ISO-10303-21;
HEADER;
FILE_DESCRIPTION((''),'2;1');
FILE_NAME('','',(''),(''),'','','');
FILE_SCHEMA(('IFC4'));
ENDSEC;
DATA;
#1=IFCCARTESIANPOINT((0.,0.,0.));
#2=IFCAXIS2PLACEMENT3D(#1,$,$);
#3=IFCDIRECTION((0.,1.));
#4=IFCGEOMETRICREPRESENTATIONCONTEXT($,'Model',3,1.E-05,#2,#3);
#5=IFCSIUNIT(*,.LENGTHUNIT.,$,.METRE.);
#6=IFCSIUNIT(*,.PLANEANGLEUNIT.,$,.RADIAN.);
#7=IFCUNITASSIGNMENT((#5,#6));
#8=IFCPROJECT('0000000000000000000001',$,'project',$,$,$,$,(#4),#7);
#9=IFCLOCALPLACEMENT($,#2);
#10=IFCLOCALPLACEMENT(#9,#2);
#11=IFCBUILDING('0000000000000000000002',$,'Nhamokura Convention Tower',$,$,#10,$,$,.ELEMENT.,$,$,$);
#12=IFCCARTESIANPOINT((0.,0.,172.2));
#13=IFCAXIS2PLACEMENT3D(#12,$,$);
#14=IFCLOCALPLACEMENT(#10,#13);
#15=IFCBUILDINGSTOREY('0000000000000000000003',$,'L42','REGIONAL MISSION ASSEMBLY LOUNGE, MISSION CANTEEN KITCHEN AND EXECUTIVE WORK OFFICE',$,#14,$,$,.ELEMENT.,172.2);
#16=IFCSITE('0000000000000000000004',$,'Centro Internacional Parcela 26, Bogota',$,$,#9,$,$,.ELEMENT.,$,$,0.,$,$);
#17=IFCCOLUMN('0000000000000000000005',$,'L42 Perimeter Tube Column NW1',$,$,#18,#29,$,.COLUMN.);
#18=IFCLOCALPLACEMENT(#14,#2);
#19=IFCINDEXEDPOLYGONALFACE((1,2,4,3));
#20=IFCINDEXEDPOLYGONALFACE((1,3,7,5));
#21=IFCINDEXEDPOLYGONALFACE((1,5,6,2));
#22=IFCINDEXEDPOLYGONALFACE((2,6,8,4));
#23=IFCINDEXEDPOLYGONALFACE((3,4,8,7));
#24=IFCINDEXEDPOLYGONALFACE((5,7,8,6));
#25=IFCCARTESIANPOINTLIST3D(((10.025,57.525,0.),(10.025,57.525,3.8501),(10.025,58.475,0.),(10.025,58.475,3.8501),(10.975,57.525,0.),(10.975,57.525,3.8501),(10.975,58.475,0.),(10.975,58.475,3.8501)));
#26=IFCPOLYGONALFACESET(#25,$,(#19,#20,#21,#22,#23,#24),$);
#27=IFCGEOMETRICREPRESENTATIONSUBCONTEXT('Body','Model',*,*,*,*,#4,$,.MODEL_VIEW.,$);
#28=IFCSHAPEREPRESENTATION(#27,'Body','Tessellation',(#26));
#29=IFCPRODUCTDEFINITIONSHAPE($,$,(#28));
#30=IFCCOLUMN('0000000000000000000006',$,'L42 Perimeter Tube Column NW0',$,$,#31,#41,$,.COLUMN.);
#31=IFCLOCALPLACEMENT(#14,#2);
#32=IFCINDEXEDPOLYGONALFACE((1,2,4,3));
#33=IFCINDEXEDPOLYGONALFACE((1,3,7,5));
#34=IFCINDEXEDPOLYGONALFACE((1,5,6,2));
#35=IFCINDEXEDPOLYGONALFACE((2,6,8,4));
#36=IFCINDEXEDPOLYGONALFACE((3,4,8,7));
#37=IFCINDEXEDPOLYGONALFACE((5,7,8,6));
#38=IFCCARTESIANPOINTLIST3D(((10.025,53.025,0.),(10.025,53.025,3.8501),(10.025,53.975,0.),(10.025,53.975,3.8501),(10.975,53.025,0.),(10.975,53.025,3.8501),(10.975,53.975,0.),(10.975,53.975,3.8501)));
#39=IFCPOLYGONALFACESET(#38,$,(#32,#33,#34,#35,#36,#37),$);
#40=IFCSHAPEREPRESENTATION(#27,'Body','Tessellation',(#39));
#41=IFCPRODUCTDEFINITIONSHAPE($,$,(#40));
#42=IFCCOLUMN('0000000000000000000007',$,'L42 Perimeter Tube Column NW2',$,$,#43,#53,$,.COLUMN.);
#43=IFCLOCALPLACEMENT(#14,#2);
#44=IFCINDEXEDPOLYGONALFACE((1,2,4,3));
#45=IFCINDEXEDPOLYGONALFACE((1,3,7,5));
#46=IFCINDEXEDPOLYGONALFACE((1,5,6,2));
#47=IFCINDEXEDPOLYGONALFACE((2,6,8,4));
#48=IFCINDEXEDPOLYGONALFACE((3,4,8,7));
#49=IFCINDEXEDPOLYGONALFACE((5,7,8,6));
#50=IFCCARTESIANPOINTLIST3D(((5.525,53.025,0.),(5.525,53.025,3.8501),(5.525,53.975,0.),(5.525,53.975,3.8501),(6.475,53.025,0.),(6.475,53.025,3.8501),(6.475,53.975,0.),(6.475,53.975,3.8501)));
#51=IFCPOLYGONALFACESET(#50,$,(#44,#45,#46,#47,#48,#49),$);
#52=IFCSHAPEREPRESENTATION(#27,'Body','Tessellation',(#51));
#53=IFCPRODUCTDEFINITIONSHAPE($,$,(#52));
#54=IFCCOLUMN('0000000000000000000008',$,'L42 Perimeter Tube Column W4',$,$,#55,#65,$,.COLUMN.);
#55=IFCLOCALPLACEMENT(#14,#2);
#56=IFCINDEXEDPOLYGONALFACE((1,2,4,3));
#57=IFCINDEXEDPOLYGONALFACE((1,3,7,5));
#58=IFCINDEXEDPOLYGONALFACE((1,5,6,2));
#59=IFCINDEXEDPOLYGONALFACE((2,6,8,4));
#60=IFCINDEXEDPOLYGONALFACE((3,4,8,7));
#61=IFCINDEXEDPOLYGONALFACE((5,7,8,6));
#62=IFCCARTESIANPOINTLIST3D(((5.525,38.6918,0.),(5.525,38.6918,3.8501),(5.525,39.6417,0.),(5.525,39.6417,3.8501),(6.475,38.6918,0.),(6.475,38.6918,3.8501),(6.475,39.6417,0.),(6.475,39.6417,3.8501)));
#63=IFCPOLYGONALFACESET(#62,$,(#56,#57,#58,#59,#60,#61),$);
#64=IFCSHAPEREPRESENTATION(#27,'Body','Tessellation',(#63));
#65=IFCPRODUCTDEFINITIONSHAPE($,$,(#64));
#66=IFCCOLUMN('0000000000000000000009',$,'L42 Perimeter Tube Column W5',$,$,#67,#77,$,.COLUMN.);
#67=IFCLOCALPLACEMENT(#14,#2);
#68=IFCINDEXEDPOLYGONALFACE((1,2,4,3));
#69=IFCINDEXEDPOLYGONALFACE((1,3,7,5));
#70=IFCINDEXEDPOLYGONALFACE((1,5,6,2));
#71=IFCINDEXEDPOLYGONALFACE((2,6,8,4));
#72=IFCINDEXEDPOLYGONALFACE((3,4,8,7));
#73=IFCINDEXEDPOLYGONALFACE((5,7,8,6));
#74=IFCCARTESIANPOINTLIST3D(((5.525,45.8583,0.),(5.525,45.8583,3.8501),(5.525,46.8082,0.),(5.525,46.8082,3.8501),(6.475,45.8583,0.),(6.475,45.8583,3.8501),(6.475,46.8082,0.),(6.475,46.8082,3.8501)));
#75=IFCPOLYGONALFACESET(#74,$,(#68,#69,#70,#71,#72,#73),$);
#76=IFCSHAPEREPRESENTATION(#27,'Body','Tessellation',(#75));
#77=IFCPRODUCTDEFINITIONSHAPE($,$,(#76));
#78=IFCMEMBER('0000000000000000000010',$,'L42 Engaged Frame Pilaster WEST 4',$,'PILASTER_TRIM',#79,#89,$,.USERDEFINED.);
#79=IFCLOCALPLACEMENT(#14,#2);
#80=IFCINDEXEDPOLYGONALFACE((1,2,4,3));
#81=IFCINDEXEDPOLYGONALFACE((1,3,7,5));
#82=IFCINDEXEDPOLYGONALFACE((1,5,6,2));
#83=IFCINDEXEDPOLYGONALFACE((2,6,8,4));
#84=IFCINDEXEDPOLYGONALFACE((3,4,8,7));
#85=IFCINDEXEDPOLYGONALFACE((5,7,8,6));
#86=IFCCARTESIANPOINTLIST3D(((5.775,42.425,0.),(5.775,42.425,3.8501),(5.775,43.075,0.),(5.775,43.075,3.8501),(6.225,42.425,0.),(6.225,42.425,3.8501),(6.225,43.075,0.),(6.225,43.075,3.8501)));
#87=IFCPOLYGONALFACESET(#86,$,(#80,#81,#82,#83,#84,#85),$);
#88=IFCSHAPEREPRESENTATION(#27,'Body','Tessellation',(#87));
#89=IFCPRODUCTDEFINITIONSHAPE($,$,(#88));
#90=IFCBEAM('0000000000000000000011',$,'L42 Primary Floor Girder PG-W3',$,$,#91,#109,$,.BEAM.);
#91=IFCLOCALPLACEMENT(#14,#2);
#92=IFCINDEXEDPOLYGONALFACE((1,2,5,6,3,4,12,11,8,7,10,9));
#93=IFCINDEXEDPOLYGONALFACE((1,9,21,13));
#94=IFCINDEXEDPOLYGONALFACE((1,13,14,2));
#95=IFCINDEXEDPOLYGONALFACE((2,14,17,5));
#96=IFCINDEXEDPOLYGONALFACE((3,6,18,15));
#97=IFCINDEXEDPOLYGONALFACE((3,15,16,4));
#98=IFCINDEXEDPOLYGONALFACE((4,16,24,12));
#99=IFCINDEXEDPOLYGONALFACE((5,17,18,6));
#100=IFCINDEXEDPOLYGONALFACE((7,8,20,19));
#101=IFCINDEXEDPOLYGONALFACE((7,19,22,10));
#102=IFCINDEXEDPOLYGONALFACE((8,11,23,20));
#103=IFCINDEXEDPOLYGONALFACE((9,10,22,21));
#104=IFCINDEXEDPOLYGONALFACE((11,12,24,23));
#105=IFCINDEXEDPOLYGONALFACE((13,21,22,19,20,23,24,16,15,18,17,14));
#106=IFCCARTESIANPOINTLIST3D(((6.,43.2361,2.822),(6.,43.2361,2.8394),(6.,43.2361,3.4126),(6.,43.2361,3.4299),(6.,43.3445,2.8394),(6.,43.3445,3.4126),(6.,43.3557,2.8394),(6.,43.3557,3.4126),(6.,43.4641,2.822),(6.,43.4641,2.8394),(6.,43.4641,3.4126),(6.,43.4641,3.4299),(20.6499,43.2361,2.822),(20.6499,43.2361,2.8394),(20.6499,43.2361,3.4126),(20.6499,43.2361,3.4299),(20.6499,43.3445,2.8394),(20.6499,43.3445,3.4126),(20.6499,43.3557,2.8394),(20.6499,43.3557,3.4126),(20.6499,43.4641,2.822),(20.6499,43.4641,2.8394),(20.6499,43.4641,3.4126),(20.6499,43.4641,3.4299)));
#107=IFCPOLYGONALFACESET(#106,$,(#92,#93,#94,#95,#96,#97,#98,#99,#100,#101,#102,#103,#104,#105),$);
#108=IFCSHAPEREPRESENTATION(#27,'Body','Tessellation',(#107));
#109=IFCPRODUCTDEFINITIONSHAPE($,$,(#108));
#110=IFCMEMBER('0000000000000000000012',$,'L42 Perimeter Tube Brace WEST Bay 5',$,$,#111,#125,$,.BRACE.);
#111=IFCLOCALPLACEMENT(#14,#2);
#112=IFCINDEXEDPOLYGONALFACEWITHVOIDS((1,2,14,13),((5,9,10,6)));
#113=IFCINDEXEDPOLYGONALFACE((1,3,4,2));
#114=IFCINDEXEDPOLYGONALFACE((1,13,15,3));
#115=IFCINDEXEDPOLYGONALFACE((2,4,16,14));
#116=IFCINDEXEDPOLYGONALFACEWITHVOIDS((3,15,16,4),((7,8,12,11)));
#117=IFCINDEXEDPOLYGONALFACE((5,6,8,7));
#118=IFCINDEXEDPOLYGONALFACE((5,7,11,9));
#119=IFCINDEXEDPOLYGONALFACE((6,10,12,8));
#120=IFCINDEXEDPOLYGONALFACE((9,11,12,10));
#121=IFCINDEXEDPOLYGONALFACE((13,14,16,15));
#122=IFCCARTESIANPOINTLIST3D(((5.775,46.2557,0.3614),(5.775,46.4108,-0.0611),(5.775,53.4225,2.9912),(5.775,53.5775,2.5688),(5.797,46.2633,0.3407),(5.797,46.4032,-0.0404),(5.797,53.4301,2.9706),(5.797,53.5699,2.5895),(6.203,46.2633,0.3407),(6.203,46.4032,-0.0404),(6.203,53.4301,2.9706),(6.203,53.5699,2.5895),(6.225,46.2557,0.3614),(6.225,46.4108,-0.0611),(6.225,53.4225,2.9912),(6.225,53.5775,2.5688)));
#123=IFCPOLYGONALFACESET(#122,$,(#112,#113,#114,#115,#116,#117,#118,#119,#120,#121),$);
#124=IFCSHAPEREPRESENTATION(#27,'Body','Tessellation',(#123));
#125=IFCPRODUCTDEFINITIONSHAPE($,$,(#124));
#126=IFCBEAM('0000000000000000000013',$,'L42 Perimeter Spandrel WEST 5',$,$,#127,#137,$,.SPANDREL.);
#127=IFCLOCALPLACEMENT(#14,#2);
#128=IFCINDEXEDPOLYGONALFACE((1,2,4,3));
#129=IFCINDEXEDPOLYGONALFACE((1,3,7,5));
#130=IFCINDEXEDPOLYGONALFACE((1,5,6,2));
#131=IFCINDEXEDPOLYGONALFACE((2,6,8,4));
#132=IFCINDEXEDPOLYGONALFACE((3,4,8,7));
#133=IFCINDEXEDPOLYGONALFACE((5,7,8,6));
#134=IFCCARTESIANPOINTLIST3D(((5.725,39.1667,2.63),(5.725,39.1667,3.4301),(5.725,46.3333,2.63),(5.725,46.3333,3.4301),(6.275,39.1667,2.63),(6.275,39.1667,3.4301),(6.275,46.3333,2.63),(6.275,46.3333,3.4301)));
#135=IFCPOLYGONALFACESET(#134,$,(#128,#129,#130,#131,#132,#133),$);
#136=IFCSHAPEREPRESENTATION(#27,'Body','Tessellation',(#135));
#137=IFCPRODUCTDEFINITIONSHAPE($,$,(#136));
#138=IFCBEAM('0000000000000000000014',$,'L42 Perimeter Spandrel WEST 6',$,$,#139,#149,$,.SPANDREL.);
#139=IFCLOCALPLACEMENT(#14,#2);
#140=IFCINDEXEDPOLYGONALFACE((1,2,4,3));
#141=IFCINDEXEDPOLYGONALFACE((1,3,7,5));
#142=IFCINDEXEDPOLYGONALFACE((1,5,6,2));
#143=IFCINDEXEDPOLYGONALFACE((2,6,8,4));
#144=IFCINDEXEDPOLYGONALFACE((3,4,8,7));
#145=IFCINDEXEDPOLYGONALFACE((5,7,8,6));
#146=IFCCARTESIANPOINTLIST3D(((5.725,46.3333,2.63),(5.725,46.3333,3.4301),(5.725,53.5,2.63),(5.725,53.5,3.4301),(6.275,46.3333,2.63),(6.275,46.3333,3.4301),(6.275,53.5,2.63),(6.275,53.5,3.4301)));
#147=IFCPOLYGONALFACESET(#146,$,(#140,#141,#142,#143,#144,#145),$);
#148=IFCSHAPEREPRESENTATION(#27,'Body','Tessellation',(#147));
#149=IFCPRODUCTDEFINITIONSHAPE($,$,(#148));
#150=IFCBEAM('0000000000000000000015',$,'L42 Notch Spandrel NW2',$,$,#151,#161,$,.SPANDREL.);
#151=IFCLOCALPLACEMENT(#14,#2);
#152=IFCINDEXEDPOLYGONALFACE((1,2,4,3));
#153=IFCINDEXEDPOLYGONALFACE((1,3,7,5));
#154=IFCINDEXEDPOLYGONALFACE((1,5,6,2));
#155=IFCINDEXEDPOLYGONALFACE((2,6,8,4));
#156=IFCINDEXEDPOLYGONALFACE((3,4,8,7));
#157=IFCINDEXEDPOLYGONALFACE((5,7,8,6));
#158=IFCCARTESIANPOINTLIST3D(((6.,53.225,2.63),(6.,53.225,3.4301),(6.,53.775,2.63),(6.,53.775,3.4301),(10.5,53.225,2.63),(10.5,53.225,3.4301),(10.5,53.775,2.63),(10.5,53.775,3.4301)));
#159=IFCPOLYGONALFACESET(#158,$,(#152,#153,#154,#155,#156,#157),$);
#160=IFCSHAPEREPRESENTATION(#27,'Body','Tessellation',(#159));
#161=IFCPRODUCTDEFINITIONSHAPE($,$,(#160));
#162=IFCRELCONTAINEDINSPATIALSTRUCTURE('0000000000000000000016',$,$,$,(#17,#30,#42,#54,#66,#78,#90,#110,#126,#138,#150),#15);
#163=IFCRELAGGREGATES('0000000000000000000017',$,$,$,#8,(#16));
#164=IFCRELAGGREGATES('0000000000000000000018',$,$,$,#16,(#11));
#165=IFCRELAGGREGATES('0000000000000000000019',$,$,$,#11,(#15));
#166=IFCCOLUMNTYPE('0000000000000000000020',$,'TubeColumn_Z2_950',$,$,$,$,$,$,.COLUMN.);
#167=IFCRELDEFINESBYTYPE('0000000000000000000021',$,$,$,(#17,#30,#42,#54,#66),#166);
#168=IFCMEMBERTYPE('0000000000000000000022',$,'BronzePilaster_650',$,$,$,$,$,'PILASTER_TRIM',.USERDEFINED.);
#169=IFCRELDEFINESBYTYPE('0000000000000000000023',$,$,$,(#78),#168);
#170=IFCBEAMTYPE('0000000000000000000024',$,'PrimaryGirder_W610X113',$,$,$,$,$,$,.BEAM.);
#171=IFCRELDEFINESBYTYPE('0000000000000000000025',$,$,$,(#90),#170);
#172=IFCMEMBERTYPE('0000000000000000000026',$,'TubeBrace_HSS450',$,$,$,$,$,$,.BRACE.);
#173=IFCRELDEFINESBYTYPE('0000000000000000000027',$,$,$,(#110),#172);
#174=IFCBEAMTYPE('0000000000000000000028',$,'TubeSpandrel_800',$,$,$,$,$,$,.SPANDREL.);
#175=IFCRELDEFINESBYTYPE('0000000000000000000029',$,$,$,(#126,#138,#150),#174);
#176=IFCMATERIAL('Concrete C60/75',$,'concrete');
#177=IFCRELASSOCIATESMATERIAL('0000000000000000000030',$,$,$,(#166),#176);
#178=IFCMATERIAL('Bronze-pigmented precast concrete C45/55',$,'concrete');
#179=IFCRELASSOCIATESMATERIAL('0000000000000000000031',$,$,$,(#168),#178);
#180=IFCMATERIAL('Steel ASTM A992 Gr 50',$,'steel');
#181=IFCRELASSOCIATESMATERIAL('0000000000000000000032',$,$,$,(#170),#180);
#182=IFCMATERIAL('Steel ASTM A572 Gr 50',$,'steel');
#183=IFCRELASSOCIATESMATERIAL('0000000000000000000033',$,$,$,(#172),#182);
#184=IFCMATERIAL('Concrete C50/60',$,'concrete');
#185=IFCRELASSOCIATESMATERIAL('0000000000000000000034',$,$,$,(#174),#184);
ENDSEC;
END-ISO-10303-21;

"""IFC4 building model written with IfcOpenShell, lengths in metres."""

from ifc_helpers import new_model, si_unit, direction, frame, origin, origin_2d, place, context, subcontext, project, spatial, rectangle, hollow_rectangle, i_section, extrude, material, material_profile, profile_set, type_object, element, save


model = new_model("IFC4")

# Units and contexts
model_context = context("Model", 3, precision=1e-05, world=origin(), true_north=direction((0.0, 1.0)))
body_context = subcontext(model_context, "Body", "Model", "MODEL_VIEW")
ifc_project = project(units=[si_unit("LENGTHUNIT", "METRE"), si_unit("PLANEANGLEUNIT", "RADIAN")], contexts=[model_context])

# Site, building, storey
site_placement = place(None, origin())
site = spatial("IfcSite", under=ifc_project, at=site_placement, Name="Centro Internacional Parcela 26, Bogota", CompositionType="ELEMENT", RefElevation=0.0)
building_placement = place(site_placement, origin())
building = spatial("IfcBuilding", under=site, at=building_placement, Name="Nhamokura Convention Tower", CompositionType="ELEMENT")
storey_placement = place(building_placement, frame((0.0, 0.0, 172.2)))
storey = spatial("IfcBuildingStorey", under=building, at=storey_placement, Name="L42", Description="REGIONAL MISSION ASSEMBLY LOUNGE, MISSION CANTEEN KITCHEN AND EXECUTIVE WORK OFFICE", CompositionType="ELEMENT", Elevation=172.2)

# Columns
ifc_material_1 = material(Name="Concrete C60/75", Category="concrete")
ifc_material_profile_1 = material_profile(ifc_material_1, rectangle(XDim=0.95, YDim=0.95, at=origin_2d()))
ifc_profile_set_1 = profile_set([ifc_material_profile_1], Name="Concrete C60/75")
column_type = type_object("IfcColumnType", Name="TubeColumn_Z2_950", PredefinedType="COLUMN", material=ifc_profile_set_1)
for number, where, z_axis, x_axis, name in (
    (1, (10.5, 58.0, 0.0), (0.0, 0.0, 1.0), (1.0, 0.0, 0.0), "L42 Perimeter Tube Column NW1"),
    (2, (10.5, 53.5, 0.0), (0.0, 0.0, 1.0), (1.0, 0.0, 0.0), "L42 Perimeter Tube Column NW0"),
    (3, (6.0, 53.5, 0.0), (0.0, 0.0, 1.0), (1.0, 0.0, 0.0), "L42 Perimeter Tube Column NW2"),
    (4, (6.0, 39.1667, 0.0), (0.0, 0.0, 1.0), (1.0, 0.0, 0.0), "L42 Perimeter Tube Column W4"),
    (5, (6.0, 46.3333, 0.0), (0.0, 0.0, 1.0), (1.0, 0.0, 0.0), "L42 Perimeter Tube Column W5"),
):
    element("IfcColumn", number, at=place(storey_placement, frame(where, z_axis=z_axis, x_axis=x_axis)), inside=storey, type_object=column_type, Name=name, PredefinedType="COLUMN", context=body_context, shape_type="SweptSolid", body=[
        extrude(rectangle(XDim=0.95, YDim=0.95, at=origin_2d()), origin(), (0.0, 0.0, 1.0), 3.8501),
    ])

# Member
ifc_material_2 = material(Name="Bronze-pigmented precast concrete C45/55", Category="concrete")
ifc_material_profile_2 = material_profile(ifc_material_2, rectangle(XDim=0.45, YDim=0.6499, at=origin_2d()))
ifc_profile_set_2 = profile_set([ifc_material_profile_2], Name="Bronze-pigmented precast concrete C45/55")
member_type_1 = type_object("IfcMemberType", Name="BronzePilaster_650", ElementType="PILASTER_TRIM", PredefinedType="USERDEFINED", material=ifc_profile_set_2)
member_1_placement = place(storey_placement, frame((6.0, 42.75, 0.0), z_axis=(0.0, 0.0, 1.0), x_axis=(1.0, 0.0, 0.0)))
element("IfcMember", 6, at=member_1_placement, inside=storey, type_object=member_type_1, Name="L42 Engaged Frame Pilaster WEST 4", ObjectType="PILASTER_TRIM", PredefinedType="USERDEFINED", context=body_context, shape_type="SweptSolid", body=[
    extrude(rectangle(XDim=0.45, YDim=0.6499, at=origin_2d()), origin(), (0.0, 0.0, 1.0), 3.8501),
])

# Beam
ifc_material_3 = material(Name="Steel ASTM A992 Gr 50", Category="steel")
ifc_material_profile_3 = material_profile(ifc_material_3, i_section(OverallWidth=0.228, OverallDepth=0.6079, WebThickness=0.0112, FlangeThickness=0.0173, at=origin_2d()))
ifc_profile_set_3 = profile_set([ifc_material_profile_3], Name="Steel ASTM A992 Gr 50")
beam_type_1 = type_object("IfcBeamType", Name="PrimaryGirder_W610X113", PredefinedType="BEAM", material=ifc_profile_set_3)
beam_1_placement = place(storey_placement, frame((6.0, 43.3501, 3.126), z_axis=(1.0, 0.0, 0.0), x_axis=(0.0, 1.0, 0.0)))
element("IfcBeam", 7, at=beam_1_placement, inside=storey, type_object=beam_type_1, Name="L42 Primary Floor Girder PG-W3", PredefinedType="BEAM", context=body_context, shape_type="SweptSolid", body=[
    extrude(i_section(OverallWidth=0.228, OverallDepth=0.6079, WebThickness=0.0112, FlangeThickness=0.0173, at=origin_2d()), origin(), (0.0, 0.0, 1.0), 14.6499),
])

# Member
ifc_material_4 = material(Name="Steel ASTM A572 Gr 50", Category="steel")
ifc_material_profile_4 = material_profile(ifc_material_4, hollow_rectangle(XDim=0.45, YDim=0.45, WallThickness=0.022, at=origin_2d()))
ifc_profile_set_4 = profile_set([ifc_material_profile_4], Name="Steel ASTM A572 Gr 50")
member_type_2 = type_object("IfcMemberType", Name="TubeBrace_HSS450", PredefinedType="BRACE", material=ifc_profile_set_4)
member_2_placement = place(storey_placement, frame((6.0, 46.3333, 0.1501), z_axis=(0.0, 0.938788, 0.344494), x_axis=(-1.0, 0.0, 0.0)))
element("IfcMember", 8, at=member_2_placement, inside=storey, type_object=member_type_2, Name="L42 Perimeter Tube Brace WEST Bay 5", PredefinedType="BRACE", context=body_context, shape_type="SweptSolid", body=[
    extrude(hollow_rectangle(XDim=0.45, YDim=0.45, WallThickness=0.022, at=origin_2d()), origin(), (0.0, 0.0, 1.0), 7.634),
])

# Beams
ifc_material_5 = material(Name="Concrete C50/60", Category="concrete")
ifc_material_profile_5 = material_profile(ifc_material_5, rectangle(XDim=0.55, YDim=0.8, at=origin_2d()))
ifc_profile_set_5 = profile_set([ifc_material_profile_5], Name="Concrete C50/60")
beam_type_2 = type_object("IfcBeamType", Name="TubeSpandrel_800", PredefinedType="SPANDREL", material=ifc_profile_set_5)
beam_2_placement = place(storey_placement, frame((6.0, 39.1667, 3.03), z_axis=(0.0, 1.0, 0.0), x_axis=(-1.0, 0.0, 0.0)))
element("IfcBeam", 9, at=beam_2_placement, inside=storey, type_object=beam_type_2, Name="L42 Perimeter Spandrel WEST 5", PredefinedType="SPANDREL", context=body_context, shape_type="SweptSolid", body=[
    extrude(rectangle(XDim=0.55, YDim=0.8, at=origin_2d()), origin(), (0.0, 0.0, 1.0), 7.1665),
])
beam_3_placement = place(storey_placement, frame((6.0, 46.3333, 3.03), z_axis=(0.0, 1.0, 0.0), x_axis=(-1.0, 0.0, 0.0)))
element("IfcBeam", 10, at=beam_3_placement, inside=storey, type_object=beam_type_2, Name="L42 Perimeter Spandrel WEST 6", PredefinedType="SPANDREL", context=body_context, shape_type="SweptSolid", body=[
    extrude(rectangle(XDim=0.55, YDim=0.8, at=origin_2d()), origin(), (0.0, 0.0, 1.0), 7.1667),
])
beam_4_placement = place(storey_placement, frame((10.5, 53.5, 3.03), z_axis=(-1.0, 0.0, 0.0), x_axis=(0.0, -1.0, 0.0)))
element("IfcBeam", 11, at=beam_4_placement, inside=storey, type_object=beam_type_2, Name="L42 Notch Spandrel NW2", PredefinedType="SPANDREL", context=body_context, shape_type="SweptSolid", body=[
    extrude(rectangle(XDim=0.55, YDim=0.8, at=origin_2d()), origin(), (0.0, 0.0, 1.0), 4.5),
])

save(model, "model.ifc")
